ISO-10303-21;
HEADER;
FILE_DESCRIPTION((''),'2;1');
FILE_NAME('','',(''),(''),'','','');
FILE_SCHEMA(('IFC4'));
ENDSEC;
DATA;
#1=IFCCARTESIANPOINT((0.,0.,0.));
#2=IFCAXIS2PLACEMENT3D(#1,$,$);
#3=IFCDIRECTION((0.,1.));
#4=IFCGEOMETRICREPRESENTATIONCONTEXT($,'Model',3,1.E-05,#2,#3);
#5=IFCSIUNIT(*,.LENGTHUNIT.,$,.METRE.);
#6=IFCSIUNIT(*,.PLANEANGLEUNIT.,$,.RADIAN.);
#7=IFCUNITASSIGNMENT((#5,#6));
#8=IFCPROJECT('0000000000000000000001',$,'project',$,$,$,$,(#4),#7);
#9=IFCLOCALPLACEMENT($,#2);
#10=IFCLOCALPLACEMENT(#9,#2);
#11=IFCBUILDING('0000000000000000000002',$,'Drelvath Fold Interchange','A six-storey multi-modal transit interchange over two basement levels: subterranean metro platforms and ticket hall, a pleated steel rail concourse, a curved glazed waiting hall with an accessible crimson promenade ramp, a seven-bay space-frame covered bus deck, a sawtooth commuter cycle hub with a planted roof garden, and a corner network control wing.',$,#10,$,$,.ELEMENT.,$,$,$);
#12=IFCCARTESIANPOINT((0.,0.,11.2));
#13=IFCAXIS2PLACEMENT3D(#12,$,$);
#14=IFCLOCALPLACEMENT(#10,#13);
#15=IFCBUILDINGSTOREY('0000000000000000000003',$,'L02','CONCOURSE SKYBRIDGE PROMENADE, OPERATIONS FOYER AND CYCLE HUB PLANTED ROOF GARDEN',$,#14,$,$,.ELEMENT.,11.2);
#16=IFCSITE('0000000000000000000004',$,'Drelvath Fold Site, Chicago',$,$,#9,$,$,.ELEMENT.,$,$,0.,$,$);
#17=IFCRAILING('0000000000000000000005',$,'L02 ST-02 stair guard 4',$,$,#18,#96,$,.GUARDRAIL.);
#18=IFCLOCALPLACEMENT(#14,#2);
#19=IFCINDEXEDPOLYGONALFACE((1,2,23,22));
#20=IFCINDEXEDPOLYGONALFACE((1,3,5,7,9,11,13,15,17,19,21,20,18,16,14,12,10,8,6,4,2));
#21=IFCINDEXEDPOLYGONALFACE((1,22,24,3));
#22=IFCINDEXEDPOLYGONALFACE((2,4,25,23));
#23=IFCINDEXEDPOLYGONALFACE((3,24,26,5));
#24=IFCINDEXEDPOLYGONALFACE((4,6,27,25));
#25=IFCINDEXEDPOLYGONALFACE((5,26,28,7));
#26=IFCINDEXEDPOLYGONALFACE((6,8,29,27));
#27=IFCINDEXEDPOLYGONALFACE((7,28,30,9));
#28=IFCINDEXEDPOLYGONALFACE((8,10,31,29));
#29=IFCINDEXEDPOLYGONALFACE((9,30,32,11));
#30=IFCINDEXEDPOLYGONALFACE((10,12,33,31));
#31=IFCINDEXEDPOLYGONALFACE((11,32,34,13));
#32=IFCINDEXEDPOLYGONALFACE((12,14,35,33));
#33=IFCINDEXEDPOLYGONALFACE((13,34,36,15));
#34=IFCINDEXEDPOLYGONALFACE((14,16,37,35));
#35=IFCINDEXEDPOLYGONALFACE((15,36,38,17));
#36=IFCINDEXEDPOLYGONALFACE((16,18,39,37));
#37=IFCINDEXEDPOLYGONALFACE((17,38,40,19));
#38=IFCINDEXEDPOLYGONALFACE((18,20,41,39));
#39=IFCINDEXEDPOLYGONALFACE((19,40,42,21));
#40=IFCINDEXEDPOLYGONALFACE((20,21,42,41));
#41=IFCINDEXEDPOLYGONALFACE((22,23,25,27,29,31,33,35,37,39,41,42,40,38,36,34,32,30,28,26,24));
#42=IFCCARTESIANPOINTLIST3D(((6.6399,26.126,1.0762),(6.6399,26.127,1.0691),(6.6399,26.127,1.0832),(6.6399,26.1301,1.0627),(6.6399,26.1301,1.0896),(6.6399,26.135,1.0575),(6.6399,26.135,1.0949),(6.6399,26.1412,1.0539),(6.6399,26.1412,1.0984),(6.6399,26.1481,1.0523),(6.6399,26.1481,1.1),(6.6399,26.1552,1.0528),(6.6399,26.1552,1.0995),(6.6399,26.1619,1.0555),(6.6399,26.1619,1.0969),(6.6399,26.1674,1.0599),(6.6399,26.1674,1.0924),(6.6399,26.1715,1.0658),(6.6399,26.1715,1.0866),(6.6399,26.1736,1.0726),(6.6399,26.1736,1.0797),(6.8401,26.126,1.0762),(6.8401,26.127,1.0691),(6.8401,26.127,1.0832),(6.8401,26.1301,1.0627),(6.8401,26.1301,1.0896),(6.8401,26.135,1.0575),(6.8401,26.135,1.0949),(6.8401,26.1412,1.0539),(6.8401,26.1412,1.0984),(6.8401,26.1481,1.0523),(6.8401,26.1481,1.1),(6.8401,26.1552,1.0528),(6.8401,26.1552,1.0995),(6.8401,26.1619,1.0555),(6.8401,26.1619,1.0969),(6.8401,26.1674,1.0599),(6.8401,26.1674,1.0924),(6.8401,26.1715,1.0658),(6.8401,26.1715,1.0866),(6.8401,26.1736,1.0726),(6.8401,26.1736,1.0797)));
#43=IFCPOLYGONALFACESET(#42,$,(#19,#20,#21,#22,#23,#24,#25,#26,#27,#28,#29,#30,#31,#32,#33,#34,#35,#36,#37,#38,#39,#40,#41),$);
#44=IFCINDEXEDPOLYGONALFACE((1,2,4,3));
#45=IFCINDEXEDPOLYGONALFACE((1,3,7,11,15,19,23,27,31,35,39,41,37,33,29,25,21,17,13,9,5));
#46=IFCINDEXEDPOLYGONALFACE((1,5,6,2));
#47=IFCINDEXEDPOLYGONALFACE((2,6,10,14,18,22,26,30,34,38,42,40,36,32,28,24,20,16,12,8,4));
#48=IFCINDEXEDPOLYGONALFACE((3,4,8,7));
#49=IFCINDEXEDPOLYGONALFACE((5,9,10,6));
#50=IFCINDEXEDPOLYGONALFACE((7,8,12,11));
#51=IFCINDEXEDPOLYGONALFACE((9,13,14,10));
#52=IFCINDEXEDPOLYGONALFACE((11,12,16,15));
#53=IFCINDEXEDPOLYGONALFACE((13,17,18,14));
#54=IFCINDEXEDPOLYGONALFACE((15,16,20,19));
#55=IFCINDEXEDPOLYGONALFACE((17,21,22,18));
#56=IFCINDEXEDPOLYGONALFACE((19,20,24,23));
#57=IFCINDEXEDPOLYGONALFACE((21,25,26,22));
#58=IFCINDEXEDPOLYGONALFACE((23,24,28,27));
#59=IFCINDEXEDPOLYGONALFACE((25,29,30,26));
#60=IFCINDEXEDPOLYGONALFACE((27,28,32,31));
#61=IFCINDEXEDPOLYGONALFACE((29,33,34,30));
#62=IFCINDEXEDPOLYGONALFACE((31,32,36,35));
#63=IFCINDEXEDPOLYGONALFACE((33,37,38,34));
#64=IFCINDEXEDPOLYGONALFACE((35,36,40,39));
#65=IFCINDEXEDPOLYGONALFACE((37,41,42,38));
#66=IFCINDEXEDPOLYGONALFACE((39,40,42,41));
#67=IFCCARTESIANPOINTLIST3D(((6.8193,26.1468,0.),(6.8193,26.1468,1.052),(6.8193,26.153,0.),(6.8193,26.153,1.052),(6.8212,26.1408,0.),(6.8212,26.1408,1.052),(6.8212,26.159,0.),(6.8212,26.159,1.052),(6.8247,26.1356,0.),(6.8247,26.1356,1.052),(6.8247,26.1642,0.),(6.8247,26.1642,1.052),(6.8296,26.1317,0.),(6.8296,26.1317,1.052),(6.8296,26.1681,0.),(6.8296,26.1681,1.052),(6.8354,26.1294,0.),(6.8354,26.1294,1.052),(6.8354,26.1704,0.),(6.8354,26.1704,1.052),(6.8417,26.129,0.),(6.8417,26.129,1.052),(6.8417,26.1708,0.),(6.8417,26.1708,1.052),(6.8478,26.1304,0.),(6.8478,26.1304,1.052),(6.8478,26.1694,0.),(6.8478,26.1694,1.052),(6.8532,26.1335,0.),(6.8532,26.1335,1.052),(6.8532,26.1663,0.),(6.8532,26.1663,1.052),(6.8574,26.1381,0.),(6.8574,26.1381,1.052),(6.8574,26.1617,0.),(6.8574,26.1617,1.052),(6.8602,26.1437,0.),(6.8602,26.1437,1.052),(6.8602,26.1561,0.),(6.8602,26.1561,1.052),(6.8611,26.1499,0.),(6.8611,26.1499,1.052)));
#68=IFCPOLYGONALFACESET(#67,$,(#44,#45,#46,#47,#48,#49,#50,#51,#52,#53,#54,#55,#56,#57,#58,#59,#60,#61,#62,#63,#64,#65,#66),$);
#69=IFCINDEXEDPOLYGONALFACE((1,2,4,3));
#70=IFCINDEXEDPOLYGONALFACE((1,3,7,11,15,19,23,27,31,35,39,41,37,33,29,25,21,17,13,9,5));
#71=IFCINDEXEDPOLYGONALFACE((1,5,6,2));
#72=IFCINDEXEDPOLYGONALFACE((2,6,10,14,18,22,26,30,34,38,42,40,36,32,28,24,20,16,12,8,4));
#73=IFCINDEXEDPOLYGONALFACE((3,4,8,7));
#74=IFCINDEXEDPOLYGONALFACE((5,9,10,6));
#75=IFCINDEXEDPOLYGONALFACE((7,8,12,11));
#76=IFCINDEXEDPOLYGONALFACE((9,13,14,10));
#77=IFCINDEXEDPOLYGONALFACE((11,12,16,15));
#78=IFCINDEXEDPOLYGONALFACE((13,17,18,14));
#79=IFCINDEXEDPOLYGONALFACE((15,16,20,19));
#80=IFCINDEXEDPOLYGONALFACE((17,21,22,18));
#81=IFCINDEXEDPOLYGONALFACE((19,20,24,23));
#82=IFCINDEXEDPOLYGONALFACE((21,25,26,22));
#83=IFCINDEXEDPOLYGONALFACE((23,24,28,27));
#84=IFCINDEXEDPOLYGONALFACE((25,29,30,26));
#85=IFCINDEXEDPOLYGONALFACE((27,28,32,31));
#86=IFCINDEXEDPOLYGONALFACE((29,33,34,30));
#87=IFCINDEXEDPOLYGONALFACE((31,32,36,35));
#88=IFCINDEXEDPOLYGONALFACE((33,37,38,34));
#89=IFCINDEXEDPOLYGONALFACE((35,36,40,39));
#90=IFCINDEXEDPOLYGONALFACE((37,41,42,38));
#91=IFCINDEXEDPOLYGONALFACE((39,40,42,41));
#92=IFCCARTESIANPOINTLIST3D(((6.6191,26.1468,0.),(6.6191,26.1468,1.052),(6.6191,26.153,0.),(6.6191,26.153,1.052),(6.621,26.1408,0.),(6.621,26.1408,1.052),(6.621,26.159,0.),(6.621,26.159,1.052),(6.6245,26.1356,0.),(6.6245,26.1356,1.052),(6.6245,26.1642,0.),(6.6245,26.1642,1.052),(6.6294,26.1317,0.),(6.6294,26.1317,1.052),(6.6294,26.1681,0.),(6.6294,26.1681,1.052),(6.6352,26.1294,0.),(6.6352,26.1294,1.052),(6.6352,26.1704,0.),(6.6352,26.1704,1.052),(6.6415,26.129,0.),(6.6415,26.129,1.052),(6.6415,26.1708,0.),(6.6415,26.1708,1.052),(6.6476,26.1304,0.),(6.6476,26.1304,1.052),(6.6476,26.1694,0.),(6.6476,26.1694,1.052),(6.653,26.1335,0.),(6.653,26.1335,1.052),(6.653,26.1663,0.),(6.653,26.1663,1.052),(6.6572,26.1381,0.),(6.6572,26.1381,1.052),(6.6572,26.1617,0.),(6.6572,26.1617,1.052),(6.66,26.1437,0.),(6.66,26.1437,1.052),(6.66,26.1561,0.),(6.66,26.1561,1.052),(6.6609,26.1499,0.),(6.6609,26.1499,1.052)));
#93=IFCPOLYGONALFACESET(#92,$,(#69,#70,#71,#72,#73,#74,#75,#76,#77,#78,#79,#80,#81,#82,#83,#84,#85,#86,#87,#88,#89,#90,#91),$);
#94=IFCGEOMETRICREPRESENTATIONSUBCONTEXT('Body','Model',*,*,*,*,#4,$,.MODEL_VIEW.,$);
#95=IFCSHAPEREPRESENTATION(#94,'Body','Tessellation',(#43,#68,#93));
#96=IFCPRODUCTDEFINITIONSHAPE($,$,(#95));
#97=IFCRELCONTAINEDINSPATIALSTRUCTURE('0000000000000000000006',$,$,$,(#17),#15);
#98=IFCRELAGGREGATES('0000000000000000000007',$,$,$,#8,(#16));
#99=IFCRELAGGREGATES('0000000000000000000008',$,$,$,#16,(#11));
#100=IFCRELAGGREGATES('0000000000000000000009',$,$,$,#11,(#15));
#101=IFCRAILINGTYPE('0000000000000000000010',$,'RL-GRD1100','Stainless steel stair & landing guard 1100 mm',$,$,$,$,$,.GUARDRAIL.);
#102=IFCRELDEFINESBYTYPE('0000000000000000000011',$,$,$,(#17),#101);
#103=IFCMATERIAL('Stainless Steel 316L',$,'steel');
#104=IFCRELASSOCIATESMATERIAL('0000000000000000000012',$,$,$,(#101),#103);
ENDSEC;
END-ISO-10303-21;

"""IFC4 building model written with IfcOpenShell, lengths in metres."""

from ifc_helpers import new_model, si_unit, direction, frame, origin, origin_2d, place, context, subcontext, project, spatial, circle, extrude, material, type_object, element, save


model = new_model("IFC4")

# Units and contexts
model_context = context("Model", 3, precision=1e-05, world=origin(), true_north=direction((0.0, 1.0)))
body_context = subcontext(model_context, "Body", "Model", "MODEL_VIEW")
ifc_project = project(units=[si_unit("LENGTHUNIT", "METRE"), si_unit("PLANEANGLEUNIT", "RADIAN")], contexts=[model_context])

# Site, building, storey
site_placement = place(None, origin())
site = spatial("IfcSite", under=ifc_project, at=site_placement, Name="Drelvath Fold Site, Chicago", CompositionType="ELEMENT", RefElevation=0.0)
building_placement = place(site_placement, origin())
building = spatial("IfcBuilding", under=site, at=building_placement, Name="Drelvath Fold Interchange", Description="A six-storey multi-modal transit interchange over two basement levels: subterranean metro platforms and ticket hall, a pleated steel rail concourse, a curved glazed waiting hall with an accessible crimson promenade ramp, a seven-bay space-frame covered bus deck, a sawtooth commuter cycle hub with a planted roof garden, and a corner network control wing.", CompositionType="ELEMENT")
storey_placement = place(building_placement, frame((0.0, 0.0, 11.2)))
storey = spatial("IfcBuildingStorey", under=building, at=storey_placement, Name="L02", Description="CONCOURSE SKYBRIDGE PROMENADE, OPERATIONS FOYER AND CYCLE HUB PLANTED ROOF GARDEN", CompositionType="ELEMENT", Elevation=11.2)

# Railing
ifc_material_1 = material(Name="Stainless Steel 316L", Category="steel")
railing_type_1 = type_object("IfcRailingType", Name="RL-GRD1100", Description="Stainless steel stair & landing guard 1100 mm", PredefinedType="GUARDRAIL", material=ifc_material_1)
railing_1_placement = place(storey_placement, frame((6.8401, 26.1499, 0.0)))
element("IfcRailing", 1, at=railing_1_placement, inside=storey, type_object=railing_type_1, Name="L02 ST-02 stair guard 4", PredefinedType="GUARDRAIL", context=body_context, shape_type="SweptSolid", body=[
    extrude(circle(Radius=0.0239, at=origin_2d()), frame((0.0, 0.0, 1.0762), z_axis=(-1.0, 0.0, 0.0), x_axis=(0.0, -1.0, 0.0)), (0.0, 0.0, 1.0), 0.2002),
    extrude(circle(Radius=0.021, at=origin_2d()), origin(), (0.0, 0.0, 1.0), 1.052),
    extrude(circle(Radius=0.021, at=origin_2d()), frame((-0.2002, 0.0, 0.0)), (0.0, 0.0, 1.0), 1.052),
])

save(model, "model.ifc")
